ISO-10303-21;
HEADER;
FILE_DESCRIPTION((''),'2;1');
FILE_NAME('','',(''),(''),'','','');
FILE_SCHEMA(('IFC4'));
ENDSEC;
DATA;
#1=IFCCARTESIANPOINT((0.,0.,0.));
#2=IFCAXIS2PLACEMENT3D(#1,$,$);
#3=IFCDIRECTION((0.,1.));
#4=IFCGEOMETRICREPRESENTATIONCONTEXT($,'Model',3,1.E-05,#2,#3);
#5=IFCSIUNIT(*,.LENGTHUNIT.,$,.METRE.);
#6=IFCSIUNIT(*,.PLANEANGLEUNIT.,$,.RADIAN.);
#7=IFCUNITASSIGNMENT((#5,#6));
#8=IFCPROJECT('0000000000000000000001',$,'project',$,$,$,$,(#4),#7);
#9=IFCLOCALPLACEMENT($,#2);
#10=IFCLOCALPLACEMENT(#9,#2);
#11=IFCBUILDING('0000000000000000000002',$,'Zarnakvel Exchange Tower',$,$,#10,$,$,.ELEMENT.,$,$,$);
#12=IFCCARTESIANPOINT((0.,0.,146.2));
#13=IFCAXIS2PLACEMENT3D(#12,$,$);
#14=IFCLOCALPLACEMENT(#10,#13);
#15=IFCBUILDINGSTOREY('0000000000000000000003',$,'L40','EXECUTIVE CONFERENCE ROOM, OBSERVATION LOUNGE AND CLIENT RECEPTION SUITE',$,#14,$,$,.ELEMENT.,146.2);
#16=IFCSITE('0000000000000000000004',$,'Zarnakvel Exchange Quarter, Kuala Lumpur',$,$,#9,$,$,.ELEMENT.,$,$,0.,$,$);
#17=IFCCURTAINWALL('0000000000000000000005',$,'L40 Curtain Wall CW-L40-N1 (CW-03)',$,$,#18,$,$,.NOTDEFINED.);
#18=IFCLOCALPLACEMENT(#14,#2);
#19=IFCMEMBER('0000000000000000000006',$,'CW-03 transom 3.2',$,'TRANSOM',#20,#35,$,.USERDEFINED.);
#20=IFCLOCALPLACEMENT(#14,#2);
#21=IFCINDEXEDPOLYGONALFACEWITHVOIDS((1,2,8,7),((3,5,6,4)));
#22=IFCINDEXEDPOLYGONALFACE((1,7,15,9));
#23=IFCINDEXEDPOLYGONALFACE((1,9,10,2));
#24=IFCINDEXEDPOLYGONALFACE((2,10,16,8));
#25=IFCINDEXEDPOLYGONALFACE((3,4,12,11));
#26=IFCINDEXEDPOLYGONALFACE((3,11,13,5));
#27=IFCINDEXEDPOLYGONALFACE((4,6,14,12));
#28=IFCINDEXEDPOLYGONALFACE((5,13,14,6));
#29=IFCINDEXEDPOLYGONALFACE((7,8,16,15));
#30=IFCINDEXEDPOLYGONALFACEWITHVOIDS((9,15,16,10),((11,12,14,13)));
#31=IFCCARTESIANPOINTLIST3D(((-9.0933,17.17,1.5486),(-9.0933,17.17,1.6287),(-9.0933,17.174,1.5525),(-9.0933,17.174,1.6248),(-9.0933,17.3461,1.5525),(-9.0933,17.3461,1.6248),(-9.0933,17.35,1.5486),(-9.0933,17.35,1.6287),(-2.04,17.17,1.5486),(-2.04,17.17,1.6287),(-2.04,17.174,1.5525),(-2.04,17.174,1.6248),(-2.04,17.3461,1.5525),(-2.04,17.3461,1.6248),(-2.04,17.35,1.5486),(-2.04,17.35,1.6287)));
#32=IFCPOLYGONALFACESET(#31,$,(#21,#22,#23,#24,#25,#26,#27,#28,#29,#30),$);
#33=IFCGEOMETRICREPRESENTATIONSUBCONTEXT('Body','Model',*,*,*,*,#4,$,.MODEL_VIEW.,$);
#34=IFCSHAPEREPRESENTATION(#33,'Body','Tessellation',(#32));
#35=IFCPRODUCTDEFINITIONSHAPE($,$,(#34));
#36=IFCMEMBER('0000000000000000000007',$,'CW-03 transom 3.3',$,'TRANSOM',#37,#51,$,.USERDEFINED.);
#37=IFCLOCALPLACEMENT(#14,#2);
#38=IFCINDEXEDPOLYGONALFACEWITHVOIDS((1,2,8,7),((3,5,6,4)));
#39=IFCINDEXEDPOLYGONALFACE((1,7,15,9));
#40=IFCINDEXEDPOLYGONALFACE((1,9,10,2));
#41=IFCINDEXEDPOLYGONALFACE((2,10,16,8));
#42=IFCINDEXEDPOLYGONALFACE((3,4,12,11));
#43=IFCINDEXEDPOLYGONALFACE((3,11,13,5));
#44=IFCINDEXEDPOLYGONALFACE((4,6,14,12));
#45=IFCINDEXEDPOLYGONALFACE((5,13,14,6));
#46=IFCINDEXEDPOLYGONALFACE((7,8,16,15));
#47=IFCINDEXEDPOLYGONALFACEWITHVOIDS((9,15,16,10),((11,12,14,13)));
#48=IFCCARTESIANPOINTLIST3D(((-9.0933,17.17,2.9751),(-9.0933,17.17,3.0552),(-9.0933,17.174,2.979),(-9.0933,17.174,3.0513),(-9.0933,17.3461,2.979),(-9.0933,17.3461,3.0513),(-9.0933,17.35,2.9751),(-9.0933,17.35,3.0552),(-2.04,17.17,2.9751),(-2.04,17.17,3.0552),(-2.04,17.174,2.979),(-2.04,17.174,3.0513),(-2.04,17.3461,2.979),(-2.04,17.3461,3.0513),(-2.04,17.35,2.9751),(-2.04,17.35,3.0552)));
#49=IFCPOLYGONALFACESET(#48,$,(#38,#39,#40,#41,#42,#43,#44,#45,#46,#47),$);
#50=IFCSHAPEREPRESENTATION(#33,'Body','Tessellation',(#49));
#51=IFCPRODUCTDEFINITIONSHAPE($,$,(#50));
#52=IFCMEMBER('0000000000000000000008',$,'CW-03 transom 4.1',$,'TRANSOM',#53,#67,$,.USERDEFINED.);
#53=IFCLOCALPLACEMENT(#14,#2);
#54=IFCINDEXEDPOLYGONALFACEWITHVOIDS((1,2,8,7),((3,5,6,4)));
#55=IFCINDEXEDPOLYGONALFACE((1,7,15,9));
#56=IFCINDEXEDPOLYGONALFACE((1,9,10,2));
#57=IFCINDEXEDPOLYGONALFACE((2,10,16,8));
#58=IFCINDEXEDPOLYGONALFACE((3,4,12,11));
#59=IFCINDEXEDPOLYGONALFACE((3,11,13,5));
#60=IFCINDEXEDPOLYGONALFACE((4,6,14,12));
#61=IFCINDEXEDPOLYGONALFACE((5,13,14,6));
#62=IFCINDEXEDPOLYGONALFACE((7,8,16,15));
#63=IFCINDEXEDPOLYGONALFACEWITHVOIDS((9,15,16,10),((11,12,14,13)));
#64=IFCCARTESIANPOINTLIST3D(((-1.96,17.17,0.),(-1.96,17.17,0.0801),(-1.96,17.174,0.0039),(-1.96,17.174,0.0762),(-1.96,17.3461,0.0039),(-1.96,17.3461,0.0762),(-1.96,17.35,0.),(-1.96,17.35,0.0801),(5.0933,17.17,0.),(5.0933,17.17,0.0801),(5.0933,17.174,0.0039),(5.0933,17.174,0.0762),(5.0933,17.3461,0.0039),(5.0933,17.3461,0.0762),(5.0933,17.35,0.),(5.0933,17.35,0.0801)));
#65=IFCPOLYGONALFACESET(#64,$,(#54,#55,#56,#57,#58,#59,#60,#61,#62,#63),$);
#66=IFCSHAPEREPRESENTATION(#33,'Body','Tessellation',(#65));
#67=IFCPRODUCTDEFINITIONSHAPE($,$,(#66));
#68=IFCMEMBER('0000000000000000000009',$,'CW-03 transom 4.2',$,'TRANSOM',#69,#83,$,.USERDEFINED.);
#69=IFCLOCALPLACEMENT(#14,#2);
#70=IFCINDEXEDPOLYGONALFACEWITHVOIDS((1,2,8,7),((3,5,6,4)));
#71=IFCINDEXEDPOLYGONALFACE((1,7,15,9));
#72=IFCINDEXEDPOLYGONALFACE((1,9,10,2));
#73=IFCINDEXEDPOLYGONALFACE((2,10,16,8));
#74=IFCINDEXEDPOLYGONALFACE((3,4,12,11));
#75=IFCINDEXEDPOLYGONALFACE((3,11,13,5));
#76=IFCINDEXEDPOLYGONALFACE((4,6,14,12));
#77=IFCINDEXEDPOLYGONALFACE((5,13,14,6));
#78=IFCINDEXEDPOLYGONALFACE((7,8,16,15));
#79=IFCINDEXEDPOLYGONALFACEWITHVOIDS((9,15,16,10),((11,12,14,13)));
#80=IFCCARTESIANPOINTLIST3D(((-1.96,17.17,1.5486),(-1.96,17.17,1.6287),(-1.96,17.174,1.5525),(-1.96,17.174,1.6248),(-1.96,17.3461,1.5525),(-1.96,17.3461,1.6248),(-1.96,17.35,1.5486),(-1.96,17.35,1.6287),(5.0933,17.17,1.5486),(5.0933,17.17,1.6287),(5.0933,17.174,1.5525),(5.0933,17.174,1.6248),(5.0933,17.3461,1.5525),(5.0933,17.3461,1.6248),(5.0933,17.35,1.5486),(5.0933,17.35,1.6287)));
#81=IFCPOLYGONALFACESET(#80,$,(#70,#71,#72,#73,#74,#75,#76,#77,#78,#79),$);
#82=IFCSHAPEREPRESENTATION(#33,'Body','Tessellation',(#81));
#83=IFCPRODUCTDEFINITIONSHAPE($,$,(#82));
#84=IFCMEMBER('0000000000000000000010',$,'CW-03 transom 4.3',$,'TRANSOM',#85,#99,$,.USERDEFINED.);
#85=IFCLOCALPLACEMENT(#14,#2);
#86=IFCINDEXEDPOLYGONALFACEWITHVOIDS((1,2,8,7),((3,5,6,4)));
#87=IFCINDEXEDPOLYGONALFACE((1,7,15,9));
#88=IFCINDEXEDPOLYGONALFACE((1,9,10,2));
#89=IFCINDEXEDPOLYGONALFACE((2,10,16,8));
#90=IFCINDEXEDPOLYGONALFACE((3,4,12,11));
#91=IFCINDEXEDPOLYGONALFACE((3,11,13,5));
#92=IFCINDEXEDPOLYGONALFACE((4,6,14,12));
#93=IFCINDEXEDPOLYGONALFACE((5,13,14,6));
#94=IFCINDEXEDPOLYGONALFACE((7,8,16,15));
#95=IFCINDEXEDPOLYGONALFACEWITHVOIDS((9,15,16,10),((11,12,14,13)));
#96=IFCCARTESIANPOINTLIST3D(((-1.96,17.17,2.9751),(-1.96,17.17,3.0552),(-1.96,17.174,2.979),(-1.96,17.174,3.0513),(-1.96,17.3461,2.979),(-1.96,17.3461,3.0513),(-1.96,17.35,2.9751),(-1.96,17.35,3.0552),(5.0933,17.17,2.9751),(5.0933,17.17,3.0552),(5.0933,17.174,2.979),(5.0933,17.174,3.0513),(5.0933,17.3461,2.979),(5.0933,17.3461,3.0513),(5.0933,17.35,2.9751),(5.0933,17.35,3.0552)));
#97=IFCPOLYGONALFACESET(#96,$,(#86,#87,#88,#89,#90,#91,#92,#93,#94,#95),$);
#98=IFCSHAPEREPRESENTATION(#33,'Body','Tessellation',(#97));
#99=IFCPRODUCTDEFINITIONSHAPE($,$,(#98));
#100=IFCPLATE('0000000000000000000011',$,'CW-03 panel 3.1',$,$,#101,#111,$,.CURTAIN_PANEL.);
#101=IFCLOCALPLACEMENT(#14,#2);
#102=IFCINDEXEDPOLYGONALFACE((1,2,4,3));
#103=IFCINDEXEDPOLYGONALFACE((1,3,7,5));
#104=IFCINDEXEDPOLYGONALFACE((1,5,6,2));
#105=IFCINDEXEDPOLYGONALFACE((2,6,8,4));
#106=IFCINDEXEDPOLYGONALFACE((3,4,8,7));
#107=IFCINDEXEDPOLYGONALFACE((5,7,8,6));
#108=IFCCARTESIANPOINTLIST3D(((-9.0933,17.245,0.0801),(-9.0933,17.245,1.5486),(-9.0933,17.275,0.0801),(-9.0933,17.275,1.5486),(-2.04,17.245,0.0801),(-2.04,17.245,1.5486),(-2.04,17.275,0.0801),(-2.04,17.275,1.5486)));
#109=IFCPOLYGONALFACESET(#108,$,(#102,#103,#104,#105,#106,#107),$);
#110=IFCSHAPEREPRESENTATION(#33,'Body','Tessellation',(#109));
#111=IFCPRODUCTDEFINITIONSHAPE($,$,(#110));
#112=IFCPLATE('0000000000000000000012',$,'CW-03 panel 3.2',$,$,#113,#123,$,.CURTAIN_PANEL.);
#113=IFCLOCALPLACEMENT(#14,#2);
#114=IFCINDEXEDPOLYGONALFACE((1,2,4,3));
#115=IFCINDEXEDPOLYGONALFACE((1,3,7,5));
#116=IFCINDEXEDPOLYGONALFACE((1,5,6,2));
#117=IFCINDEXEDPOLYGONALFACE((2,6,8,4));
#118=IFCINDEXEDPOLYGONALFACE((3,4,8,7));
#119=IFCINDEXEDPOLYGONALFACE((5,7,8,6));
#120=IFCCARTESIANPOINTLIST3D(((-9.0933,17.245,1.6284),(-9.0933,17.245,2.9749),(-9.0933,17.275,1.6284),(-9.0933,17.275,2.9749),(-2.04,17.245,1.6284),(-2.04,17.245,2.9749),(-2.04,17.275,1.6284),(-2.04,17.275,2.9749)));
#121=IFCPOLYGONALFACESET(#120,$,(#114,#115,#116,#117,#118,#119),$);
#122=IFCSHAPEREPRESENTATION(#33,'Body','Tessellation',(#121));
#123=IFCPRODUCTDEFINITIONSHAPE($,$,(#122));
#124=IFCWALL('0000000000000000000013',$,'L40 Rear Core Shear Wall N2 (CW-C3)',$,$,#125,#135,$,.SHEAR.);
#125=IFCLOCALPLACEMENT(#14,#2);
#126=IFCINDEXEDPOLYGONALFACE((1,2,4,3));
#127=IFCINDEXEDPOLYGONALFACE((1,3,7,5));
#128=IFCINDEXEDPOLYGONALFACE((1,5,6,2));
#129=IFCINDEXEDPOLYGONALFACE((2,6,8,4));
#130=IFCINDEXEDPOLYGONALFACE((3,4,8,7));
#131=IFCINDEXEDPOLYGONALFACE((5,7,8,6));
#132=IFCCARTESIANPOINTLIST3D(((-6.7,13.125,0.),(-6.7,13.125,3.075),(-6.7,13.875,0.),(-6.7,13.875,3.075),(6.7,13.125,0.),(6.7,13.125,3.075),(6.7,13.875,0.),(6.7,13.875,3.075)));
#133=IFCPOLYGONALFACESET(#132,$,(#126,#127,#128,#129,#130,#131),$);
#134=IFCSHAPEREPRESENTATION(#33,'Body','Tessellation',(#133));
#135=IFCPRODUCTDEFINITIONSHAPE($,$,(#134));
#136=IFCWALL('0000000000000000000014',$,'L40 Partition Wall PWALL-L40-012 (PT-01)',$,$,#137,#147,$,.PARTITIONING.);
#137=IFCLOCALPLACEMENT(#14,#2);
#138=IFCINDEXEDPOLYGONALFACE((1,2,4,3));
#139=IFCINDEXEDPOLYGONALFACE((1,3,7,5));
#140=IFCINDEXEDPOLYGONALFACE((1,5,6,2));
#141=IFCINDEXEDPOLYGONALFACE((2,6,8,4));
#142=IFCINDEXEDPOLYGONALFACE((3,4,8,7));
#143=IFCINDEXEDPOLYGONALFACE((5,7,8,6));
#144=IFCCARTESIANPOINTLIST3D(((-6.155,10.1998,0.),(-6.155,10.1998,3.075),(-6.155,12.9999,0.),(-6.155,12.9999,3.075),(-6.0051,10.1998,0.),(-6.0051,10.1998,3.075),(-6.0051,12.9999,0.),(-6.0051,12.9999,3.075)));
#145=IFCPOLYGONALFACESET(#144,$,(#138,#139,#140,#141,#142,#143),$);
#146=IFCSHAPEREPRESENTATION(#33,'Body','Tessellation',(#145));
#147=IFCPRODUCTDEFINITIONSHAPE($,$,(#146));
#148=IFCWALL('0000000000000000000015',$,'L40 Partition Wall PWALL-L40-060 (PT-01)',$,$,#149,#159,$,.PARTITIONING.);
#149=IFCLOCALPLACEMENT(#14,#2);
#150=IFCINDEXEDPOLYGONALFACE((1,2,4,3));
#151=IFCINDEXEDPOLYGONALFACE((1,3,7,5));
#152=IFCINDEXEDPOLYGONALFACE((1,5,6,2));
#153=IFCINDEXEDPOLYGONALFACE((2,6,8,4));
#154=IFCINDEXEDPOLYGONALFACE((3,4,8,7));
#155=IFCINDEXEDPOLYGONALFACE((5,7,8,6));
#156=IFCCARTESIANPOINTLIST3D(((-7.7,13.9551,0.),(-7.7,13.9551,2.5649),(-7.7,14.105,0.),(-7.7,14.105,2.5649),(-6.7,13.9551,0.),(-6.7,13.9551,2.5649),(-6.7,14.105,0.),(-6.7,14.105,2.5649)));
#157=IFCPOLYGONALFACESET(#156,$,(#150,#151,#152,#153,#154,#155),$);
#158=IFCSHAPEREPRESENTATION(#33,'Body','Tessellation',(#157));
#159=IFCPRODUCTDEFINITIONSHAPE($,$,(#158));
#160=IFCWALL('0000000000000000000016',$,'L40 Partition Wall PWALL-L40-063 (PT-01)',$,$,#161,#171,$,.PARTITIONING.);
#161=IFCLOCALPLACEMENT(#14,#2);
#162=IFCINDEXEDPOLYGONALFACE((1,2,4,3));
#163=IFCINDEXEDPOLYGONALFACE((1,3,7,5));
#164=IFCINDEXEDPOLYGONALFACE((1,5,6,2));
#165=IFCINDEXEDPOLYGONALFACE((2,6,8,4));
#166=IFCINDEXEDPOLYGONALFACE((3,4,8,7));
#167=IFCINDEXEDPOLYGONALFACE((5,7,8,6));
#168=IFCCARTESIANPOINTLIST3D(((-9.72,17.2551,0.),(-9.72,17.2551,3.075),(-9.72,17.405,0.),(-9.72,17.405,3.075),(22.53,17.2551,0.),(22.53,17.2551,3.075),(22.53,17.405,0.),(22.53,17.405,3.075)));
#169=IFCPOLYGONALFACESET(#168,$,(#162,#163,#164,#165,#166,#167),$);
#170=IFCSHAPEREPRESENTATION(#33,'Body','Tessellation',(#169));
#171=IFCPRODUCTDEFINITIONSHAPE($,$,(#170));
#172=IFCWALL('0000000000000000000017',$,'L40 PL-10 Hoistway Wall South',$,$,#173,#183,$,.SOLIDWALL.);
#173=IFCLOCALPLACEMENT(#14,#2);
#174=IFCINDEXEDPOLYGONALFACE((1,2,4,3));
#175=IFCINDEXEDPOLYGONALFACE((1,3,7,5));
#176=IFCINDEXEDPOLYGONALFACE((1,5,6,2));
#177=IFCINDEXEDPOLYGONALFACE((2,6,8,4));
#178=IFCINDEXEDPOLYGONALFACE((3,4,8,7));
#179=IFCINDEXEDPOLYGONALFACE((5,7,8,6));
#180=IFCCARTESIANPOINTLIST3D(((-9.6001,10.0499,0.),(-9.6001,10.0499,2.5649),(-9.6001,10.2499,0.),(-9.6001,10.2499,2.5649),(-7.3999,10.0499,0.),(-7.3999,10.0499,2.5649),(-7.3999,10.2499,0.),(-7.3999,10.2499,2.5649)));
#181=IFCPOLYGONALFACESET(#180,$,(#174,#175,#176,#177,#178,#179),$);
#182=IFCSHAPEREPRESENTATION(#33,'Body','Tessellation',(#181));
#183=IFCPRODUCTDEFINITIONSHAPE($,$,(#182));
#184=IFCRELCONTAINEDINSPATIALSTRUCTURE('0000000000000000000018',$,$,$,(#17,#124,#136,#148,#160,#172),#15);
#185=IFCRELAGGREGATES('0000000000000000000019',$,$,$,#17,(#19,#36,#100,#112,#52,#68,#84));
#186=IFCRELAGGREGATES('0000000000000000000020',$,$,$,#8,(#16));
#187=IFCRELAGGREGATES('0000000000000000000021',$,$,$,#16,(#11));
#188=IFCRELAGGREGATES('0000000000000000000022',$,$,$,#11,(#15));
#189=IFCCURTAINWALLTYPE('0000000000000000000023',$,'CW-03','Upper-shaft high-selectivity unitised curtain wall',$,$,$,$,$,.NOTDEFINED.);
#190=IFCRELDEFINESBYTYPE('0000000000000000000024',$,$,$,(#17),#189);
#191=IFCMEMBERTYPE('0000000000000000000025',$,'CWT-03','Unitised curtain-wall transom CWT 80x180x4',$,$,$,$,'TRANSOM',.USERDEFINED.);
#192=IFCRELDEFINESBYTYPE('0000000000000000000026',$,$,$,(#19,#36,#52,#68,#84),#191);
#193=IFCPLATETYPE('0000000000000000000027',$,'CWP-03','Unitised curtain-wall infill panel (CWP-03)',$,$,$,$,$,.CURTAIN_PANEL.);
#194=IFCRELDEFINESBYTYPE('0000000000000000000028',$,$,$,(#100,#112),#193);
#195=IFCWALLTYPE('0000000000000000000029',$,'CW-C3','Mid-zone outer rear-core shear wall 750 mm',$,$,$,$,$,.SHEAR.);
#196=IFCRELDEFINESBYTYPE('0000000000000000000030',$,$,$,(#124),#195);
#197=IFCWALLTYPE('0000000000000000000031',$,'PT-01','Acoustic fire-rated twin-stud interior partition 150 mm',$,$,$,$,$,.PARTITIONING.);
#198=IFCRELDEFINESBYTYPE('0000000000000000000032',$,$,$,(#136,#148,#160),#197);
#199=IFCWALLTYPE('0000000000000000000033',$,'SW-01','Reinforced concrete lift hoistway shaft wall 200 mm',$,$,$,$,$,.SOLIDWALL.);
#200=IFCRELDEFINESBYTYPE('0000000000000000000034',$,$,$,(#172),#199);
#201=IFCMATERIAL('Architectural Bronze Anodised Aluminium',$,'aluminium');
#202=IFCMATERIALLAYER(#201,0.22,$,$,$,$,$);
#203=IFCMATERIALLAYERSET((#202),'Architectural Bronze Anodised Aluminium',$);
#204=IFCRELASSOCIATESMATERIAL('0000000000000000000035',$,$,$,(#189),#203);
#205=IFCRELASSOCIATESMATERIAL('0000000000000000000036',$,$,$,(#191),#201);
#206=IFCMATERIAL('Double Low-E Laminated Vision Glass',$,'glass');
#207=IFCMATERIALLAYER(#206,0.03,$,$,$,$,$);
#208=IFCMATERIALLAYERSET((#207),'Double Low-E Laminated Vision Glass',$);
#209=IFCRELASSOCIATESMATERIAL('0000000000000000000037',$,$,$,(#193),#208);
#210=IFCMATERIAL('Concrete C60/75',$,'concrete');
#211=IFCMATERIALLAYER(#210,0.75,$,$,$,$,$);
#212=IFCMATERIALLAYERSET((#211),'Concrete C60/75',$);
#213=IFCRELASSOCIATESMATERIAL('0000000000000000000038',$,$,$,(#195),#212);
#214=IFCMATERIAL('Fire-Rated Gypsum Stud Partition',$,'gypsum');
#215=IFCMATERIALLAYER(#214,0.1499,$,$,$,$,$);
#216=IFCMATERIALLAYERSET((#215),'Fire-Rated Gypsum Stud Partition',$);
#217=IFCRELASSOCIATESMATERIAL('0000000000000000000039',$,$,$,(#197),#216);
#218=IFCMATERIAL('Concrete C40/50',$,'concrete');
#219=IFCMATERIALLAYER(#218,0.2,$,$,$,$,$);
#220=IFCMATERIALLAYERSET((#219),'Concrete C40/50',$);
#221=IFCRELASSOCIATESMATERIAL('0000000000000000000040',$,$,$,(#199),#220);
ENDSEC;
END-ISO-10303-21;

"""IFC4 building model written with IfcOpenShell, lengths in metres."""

from ifc_helpers import new_model, si_unit, direction, frame, frame_2d, origin, origin_2d, place, context, subcontext, project, spatial, rectangle, hollow_rectangle, extrude, source, transform, mapped, material, layer, layer_set, material_profile, profile_set, type_object, element, aggregate, save


model = new_model("IFC4")

# Units and contexts
model_context = context("Model", 3, precision=1e-05, world=origin(), true_north=direction((0.0, 1.0)))
body_context = subcontext(model_context, "Body", "Model", "MODEL_VIEW")
ifc_project = project(units=[si_unit("LENGTHUNIT", "METRE"), si_unit("PLANEANGLEUNIT", "RADIAN")], contexts=[model_context])

# Site, building, storey
site_placement = place(None, origin())
site = spatial("IfcSite", under=ifc_project, at=site_placement, Name="Zarnakvel Exchange Quarter, Kuala Lumpur", CompositionType="ELEMENT", RefElevation=0.0)
building_placement = place(site_placement, origin())
building = spatial("IfcBuilding", under=site, at=building_placement, Name="Zarnakvel Exchange Tower", CompositionType="ELEMENT")
storey_placement = place(building_placement, frame((0.0, 0.0, 146.2)))
storey = spatial("IfcBuildingStorey", under=building, at=storey_placement, Name="L40", Description="EXECUTIVE CONFERENCE ROOM, OBSERVATION LOUNGE AND CLIENT RECEPTION SUITE", CompositionType="ELEMENT", Elevation=146.2)

# Shared definitions
ifc_material_1 = material(Name="Concrete C60/75", Category="concrete")

# Curtain wall, members, plates
ifc_material_2 = material(Name="Architectural Bronze Anodised Aluminium", Category="aluminium")
ifc_layer_1 = layer(ifc_material_2, 0.22)
ifc_layer_set_1 = layer_set([ifc_layer_1], Name="Architectural Bronze Anodised Aluminium")
curtain_wall_type = type_object("IfcCurtainWallType", Name="CW-03", Description="Upper-shaft high-selectivity unitised curtain wall", PredefinedType="NOTDEFINED", material=ifc_layer_set_1)
curtain_wall_placement = place(storey_placement, origin())
curtain_wall = element("IfcCurtainWall", 1, at=curtain_wall_placement, inside=storey, type_object=curtain_wall_type, Name="L40 Curtain Wall CW-L40-N1 (CW-03)", PredefinedType="NOTDEFINED")
ifc_material_profile_1 = material_profile(ifc_material_2, hollow_rectangle(XDim=0.1799, YDim=0.0801, WallThickness=0.0039, at=origin_2d()))
ifc_profile_set_1 = profile_set([ifc_material_profile_1], Name="Architectural Bronze Anodised Aluminium")
member_type_1 = type_object("IfcMemberType", Name="CWT-03", Description="Unitised curtain-wall transom CWT 80x180x4", ElementType="TRANSOM", PredefinedType="USERDEFINED", material=ifc_profile_set_1)
shared_shape_1 = source(origin(), body_context, "Body", "SweptSolid", [
    extrude(hollow_rectangle(XDim=0.1799, YDim=0.0801, WallThickness=0.0039, at=origin_2d()), origin(), (0.0, 0.0, 1.0), 7.0532),
])
member_1_placement = place(storey_placement, frame((-9.0933, 17.26, 1.5886), z_axis=(1.0, 0.0, 0.0), x_axis=(0.0, 1.0, 0.0)))
member_1 = element("IfcMember", 2, at=member_1_placement, type_object=member_type_1, Name="CW-03 transom 3.2", ObjectType="TRANSOM", PredefinedType="USERDEFINED", context=body_context, shape_type="MappedRepresentation", body=[
    mapped(shared_shape_1, transform((0.0, 0.0, 0.0), x_axis=(1.0, 0.0, 0.0), y_axis=(0.0, 1.0, 0.0), z_axis=(0.0, 0.0, 1.0), scale=1.0)),
])
member_2_placement = place(storey_placement, frame((-9.0933, 17.26, 3.0151), z_axis=(1.0, 0.0, 0.0), x_axis=(0.0, 1.0, 0.0)))
member_2 = element("IfcMember", 3, at=member_2_placement, type_object=member_type_1, Name="CW-03 transom 3.3", ObjectType="TRANSOM", PredefinedType="USERDEFINED", context=body_context, shape_type="MappedRepresentation", body=[
    mapped(shared_shape_1, transform((0.0, 0.0, 0.0), x_axis=(1.0, 0.0, 0.0), y_axis=(0.0, 1.0, 0.0), z_axis=(0.0, 0.0, 1.0), scale=1.0)),
])
member_3_placement = place(storey_placement, frame((-1.96, 17.26, 0.04), z_axis=(1.0, 0.0, 0.0), x_axis=(0.0, 1.0, 0.0)))
member_3 = element("IfcMember", 4, at=member_3_placement, type_object=member_type_1, Name="CW-03 transom 4.1", ObjectType="TRANSOM", PredefinedType="USERDEFINED", context=body_context, shape_type="MappedRepresentation", body=[
    mapped(shared_shape_1, transform((0.0, 0.0, 0.0), x_axis=(1.0, 0.0, 0.0), y_axis=(0.0, 1.0, 0.0), z_axis=(0.0, 0.0, 1.0), scale=1.0)),
])
member_4_placement = place(storey_placement, frame((-1.96, 17.26, 1.5886), z_axis=(1.0, 0.0, 0.0), x_axis=(0.0, 1.0, 0.0)))
member_4 = element("IfcMember", 5, at=member_4_placement, type_object=member_type_1, Name="CW-03 transom 4.2", ObjectType="TRANSOM", PredefinedType="USERDEFINED", context=body_context, shape_type="MappedRepresentation", body=[
    mapped(shared_shape_1, transform((0.0, 0.0, 0.0), x_axis=(1.0, 0.0, 0.0), y_axis=(0.0, 1.0, 0.0), z_axis=(0.0, 0.0, 1.0), scale=1.0)),
])
member_5_placement = place(storey_placement, frame((-1.96, 17.26, 3.0151), z_axis=(1.0, 0.0, 0.0), x_axis=(0.0, 1.0, 0.0)))
member_5 = element("IfcMember", 6, at=member_5_placement, type_object=member_type_1, Name="CW-03 transom 4.3", ObjectType="TRANSOM", PredefinedType="USERDEFINED", context=body_context, shape_type="MappedRepresentation", body=[
    mapped(shared_shape_1, transform((0.0, 0.0, 0.0), x_axis=(1.0, 0.0, 0.0), y_axis=(0.0, 1.0, 0.0), z_axis=(0.0, 0.0, 1.0), scale=1.0)),
])
ifc_material_3 = material(Name="Double Low-E Laminated Vision Glass", Category="glass")
ifc_layer_2 = layer(ifc_material_3, 0.03)
ifc_layer_set_2 = layer_set([ifc_layer_2], Name="Double Low-E Laminated Vision Glass")
plate_type = type_object("IfcPlateType", Name="CWP-03", Description="Unitised curtain-wall infill panel (CWP-03)", PredefinedType="CURTAIN_PANEL", material=ifc_layer_set_2)
shared_shape_2 = source(origin(), body_context, "Body", "SweptSolid", [
    extrude(rectangle(XDim=7.0532, YDim=0.03, at=origin_2d()), origin(), (0.0, 0.0, 1.0), 1.4685),
])
plate_1_placement = place(storey_placement, frame((-5.5667, 17.26, 0.0801), z_axis=(0.0, 0.0, 1.0), x_axis=(1.0, 0.0, 0.0)))
plate_1 = element("IfcPlate", 7, at=plate_1_placement, type_object=plate_type, Name="CW-03 panel 3.1", PredefinedType="CURTAIN_PANEL", context=body_context, shape_type="MappedRepresentation", body=[
    mapped(shared_shape_2, transform((0.0, 0.0, 0.0), x_axis=(1.0, 0.0, 0.0), y_axis=(0.0, 1.0, 0.0), z_axis=(0.0, 0.0, 1.0), scale=1.0)),
])
shared_shape_3 = source(origin(), body_context, "Body", "SweptSolid", [
    extrude(rectangle(XDim=7.0532, YDim=0.03, at=origin_2d()), origin(), (0.0, 0.0, 1.0), 1.3464),
])
plate_2_placement = place(storey_placement, frame((-5.5667, 17.26, 1.6284), z_axis=(0.0, 0.0, 1.0), x_axis=(1.0, 0.0, 0.0)))
plate_2 = element("IfcPlate", 8, at=plate_2_placement, type_object=plate_type, Name="CW-03 panel 3.2", PredefinedType="CURTAIN_PANEL", context=body_context, shape_type="MappedRepresentation", body=[
    mapped(shared_shape_3, transform((0.0, 0.0, 0.0), x_axis=(1.0, 0.0, 0.0), y_axis=(0.0, 1.0, 0.0), z_axis=(0.0, 0.0, 1.0), scale=1.0)),
])
aggregate(curtain_wall, [member_1, member_2, plate_1, plate_2, member_3, member_4, member_5])

# Walls
ifc_layer_3 = layer(ifc_material_1, 0.75)
ifc_layer_set_3 = layer_set([ifc_layer_3], Name="Concrete C60/75")
wall_type_1 = type_object("IfcWallType", Name="CW-C3", Description="Mid-zone outer rear-core shear wall 750 mm", PredefinedType="SHEAR", material=ifc_layer_set_3)
wall_1_placement = place(storey_placement, frame((-6.7, 13.5, 0.0), z_axis=(0.0, 0.0, 1.0), x_axis=(1.0, 0.0, 0.0)))
element("IfcWall", 9, at=wall_1_placement, inside=storey, type_object=wall_type_1, Name="L40 Rear Core Shear Wall N2 (CW-C3)", PredefinedType="SHEAR", context=body_context, shape_type="SweptSolid", body=[
    extrude(rectangle(XDim=13.3999, YDim=0.75, at=frame_2d((6.7, 0.0))), origin(), (0.0, 0.0, 1.0), 3.075),
])
ifc_material_4 = material(Name="Fire-Rated Gypsum Stud Partition", Category="gypsum")
ifc_layer_4 = layer(ifc_material_4, 0.1499)
ifc_layer_set_4 = layer_set([ifc_layer_4], Name="Fire-Rated Gypsum Stud Partition")
wall_type_2 = type_object("IfcWallType", Name="PT-01", Description="Acoustic fire-rated twin-stud interior partition 150 mm", PredefinedType="PARTITIONING", material=ifc_layer_set_4)
wall_2_placement = place(storey_placement, frame((-6.0801, 10.2, 0.0), z_axis=(0.0, 0.0, 1.0), x_axis=(0.0, 1.0, 0.0)))
element("IfcWall", 10, at=wall_2_placement, inside=storey, type_object=wall_type_2, Name="L40 Partition Wall PWALL-L40-012 (PT-01)", PredefinedType="PARTITIONING", context=body_context, shape_type="SweptSolid", body=[
    extrude(rectangle(XDim=2.8, YDim=0.1499, at=frame_2d((1.3999, 0.0))), origin(), (0.0, 0.0, 1.0), 3.075),
])
wall_3_placement = place(storey_placement, frame((-6.7, 14.03, 0.0), z_axis=(0.0, 0.0, 1.0), x_axis=(-1.0, 0.0, 0.0)))
element("IfcWall", 11, at=wall_3_placement, inside=storey, type_object=wall_type_2, Name="L40 Partition Wall PWALL-L40-060 (PT-01)", PredefinedType="PARTITIONING", context=body_context, shape_type="SweptSolid", body=[
    extrude(rectangle(XDim=1.0, YDim=0.1499, at=frame_2d((0.5, 0.0))), origin(), (0.0, 0.0, 1.0), 2.5649),
])
wall_4_placement = place(storey_placement, frame((-9.72, 17.3301, 0.0), z_axis=(0.0, 0.0, 1.0), x_axis=(1.0, 0.0, 0.0)))
element("IfcWall", 12, at=wall_4_placement, inside=storey, type_object=wall_type_2, Name="L40 Partition Wall PWALL-L40-063 (PT-01)", PredefinedType="PARTITIONING", context=body_context, shape_type="SweptSolid", body=[
    extrude(rectangle(XDim=32.25, YDim=0.1499, at=frame_2d((16.125, 0.0))), origin(), (0.0, 0.0, 1.0), 3.075),
])

# Wall
ifc_material_5 = material(Name="Concrete C40/50", Category="concrete")
ifc_layer_5 = layer(ifc_material_5, 0.2)
ifc_layer_set_5 = layer_set([ifc_layer_5], Name="Concrete C40/50")
wall_type_3 = type_object("IfcWallType", Name="SW-01", Description="Reinforced concrete lift hoistway shaft wall 200 mm", PredefinedType="SOLIDWALL", material=ifc_layer_set_5)
for number, where, z_axis, x_axis, name in (
    (13, (-7.3999, 10.1499, 0.0), (0.0, 0.0, 1.0), (-1.0, 0.0, 0.0), "L40 PL-10 Hoistway Wall South"),
):
    element("IfcWall", number, at=place(storey_placement, frame(where, z_axis=z_axis, x_axis=x_axis)), inside=storey, type_object=wall_type_3, Name=name, PredefinedType="SOLIDWALL", context=body_context, shape_type="SweptSolid", body=[
        extrude(rectangle(XDim=2.2002, YDim=0.2, at=frame_2d((1.1001, 0.0))), origin(), (0.0, 0.0, 1.0), 2.5649),
    ])

save(model, "model.ifc")
